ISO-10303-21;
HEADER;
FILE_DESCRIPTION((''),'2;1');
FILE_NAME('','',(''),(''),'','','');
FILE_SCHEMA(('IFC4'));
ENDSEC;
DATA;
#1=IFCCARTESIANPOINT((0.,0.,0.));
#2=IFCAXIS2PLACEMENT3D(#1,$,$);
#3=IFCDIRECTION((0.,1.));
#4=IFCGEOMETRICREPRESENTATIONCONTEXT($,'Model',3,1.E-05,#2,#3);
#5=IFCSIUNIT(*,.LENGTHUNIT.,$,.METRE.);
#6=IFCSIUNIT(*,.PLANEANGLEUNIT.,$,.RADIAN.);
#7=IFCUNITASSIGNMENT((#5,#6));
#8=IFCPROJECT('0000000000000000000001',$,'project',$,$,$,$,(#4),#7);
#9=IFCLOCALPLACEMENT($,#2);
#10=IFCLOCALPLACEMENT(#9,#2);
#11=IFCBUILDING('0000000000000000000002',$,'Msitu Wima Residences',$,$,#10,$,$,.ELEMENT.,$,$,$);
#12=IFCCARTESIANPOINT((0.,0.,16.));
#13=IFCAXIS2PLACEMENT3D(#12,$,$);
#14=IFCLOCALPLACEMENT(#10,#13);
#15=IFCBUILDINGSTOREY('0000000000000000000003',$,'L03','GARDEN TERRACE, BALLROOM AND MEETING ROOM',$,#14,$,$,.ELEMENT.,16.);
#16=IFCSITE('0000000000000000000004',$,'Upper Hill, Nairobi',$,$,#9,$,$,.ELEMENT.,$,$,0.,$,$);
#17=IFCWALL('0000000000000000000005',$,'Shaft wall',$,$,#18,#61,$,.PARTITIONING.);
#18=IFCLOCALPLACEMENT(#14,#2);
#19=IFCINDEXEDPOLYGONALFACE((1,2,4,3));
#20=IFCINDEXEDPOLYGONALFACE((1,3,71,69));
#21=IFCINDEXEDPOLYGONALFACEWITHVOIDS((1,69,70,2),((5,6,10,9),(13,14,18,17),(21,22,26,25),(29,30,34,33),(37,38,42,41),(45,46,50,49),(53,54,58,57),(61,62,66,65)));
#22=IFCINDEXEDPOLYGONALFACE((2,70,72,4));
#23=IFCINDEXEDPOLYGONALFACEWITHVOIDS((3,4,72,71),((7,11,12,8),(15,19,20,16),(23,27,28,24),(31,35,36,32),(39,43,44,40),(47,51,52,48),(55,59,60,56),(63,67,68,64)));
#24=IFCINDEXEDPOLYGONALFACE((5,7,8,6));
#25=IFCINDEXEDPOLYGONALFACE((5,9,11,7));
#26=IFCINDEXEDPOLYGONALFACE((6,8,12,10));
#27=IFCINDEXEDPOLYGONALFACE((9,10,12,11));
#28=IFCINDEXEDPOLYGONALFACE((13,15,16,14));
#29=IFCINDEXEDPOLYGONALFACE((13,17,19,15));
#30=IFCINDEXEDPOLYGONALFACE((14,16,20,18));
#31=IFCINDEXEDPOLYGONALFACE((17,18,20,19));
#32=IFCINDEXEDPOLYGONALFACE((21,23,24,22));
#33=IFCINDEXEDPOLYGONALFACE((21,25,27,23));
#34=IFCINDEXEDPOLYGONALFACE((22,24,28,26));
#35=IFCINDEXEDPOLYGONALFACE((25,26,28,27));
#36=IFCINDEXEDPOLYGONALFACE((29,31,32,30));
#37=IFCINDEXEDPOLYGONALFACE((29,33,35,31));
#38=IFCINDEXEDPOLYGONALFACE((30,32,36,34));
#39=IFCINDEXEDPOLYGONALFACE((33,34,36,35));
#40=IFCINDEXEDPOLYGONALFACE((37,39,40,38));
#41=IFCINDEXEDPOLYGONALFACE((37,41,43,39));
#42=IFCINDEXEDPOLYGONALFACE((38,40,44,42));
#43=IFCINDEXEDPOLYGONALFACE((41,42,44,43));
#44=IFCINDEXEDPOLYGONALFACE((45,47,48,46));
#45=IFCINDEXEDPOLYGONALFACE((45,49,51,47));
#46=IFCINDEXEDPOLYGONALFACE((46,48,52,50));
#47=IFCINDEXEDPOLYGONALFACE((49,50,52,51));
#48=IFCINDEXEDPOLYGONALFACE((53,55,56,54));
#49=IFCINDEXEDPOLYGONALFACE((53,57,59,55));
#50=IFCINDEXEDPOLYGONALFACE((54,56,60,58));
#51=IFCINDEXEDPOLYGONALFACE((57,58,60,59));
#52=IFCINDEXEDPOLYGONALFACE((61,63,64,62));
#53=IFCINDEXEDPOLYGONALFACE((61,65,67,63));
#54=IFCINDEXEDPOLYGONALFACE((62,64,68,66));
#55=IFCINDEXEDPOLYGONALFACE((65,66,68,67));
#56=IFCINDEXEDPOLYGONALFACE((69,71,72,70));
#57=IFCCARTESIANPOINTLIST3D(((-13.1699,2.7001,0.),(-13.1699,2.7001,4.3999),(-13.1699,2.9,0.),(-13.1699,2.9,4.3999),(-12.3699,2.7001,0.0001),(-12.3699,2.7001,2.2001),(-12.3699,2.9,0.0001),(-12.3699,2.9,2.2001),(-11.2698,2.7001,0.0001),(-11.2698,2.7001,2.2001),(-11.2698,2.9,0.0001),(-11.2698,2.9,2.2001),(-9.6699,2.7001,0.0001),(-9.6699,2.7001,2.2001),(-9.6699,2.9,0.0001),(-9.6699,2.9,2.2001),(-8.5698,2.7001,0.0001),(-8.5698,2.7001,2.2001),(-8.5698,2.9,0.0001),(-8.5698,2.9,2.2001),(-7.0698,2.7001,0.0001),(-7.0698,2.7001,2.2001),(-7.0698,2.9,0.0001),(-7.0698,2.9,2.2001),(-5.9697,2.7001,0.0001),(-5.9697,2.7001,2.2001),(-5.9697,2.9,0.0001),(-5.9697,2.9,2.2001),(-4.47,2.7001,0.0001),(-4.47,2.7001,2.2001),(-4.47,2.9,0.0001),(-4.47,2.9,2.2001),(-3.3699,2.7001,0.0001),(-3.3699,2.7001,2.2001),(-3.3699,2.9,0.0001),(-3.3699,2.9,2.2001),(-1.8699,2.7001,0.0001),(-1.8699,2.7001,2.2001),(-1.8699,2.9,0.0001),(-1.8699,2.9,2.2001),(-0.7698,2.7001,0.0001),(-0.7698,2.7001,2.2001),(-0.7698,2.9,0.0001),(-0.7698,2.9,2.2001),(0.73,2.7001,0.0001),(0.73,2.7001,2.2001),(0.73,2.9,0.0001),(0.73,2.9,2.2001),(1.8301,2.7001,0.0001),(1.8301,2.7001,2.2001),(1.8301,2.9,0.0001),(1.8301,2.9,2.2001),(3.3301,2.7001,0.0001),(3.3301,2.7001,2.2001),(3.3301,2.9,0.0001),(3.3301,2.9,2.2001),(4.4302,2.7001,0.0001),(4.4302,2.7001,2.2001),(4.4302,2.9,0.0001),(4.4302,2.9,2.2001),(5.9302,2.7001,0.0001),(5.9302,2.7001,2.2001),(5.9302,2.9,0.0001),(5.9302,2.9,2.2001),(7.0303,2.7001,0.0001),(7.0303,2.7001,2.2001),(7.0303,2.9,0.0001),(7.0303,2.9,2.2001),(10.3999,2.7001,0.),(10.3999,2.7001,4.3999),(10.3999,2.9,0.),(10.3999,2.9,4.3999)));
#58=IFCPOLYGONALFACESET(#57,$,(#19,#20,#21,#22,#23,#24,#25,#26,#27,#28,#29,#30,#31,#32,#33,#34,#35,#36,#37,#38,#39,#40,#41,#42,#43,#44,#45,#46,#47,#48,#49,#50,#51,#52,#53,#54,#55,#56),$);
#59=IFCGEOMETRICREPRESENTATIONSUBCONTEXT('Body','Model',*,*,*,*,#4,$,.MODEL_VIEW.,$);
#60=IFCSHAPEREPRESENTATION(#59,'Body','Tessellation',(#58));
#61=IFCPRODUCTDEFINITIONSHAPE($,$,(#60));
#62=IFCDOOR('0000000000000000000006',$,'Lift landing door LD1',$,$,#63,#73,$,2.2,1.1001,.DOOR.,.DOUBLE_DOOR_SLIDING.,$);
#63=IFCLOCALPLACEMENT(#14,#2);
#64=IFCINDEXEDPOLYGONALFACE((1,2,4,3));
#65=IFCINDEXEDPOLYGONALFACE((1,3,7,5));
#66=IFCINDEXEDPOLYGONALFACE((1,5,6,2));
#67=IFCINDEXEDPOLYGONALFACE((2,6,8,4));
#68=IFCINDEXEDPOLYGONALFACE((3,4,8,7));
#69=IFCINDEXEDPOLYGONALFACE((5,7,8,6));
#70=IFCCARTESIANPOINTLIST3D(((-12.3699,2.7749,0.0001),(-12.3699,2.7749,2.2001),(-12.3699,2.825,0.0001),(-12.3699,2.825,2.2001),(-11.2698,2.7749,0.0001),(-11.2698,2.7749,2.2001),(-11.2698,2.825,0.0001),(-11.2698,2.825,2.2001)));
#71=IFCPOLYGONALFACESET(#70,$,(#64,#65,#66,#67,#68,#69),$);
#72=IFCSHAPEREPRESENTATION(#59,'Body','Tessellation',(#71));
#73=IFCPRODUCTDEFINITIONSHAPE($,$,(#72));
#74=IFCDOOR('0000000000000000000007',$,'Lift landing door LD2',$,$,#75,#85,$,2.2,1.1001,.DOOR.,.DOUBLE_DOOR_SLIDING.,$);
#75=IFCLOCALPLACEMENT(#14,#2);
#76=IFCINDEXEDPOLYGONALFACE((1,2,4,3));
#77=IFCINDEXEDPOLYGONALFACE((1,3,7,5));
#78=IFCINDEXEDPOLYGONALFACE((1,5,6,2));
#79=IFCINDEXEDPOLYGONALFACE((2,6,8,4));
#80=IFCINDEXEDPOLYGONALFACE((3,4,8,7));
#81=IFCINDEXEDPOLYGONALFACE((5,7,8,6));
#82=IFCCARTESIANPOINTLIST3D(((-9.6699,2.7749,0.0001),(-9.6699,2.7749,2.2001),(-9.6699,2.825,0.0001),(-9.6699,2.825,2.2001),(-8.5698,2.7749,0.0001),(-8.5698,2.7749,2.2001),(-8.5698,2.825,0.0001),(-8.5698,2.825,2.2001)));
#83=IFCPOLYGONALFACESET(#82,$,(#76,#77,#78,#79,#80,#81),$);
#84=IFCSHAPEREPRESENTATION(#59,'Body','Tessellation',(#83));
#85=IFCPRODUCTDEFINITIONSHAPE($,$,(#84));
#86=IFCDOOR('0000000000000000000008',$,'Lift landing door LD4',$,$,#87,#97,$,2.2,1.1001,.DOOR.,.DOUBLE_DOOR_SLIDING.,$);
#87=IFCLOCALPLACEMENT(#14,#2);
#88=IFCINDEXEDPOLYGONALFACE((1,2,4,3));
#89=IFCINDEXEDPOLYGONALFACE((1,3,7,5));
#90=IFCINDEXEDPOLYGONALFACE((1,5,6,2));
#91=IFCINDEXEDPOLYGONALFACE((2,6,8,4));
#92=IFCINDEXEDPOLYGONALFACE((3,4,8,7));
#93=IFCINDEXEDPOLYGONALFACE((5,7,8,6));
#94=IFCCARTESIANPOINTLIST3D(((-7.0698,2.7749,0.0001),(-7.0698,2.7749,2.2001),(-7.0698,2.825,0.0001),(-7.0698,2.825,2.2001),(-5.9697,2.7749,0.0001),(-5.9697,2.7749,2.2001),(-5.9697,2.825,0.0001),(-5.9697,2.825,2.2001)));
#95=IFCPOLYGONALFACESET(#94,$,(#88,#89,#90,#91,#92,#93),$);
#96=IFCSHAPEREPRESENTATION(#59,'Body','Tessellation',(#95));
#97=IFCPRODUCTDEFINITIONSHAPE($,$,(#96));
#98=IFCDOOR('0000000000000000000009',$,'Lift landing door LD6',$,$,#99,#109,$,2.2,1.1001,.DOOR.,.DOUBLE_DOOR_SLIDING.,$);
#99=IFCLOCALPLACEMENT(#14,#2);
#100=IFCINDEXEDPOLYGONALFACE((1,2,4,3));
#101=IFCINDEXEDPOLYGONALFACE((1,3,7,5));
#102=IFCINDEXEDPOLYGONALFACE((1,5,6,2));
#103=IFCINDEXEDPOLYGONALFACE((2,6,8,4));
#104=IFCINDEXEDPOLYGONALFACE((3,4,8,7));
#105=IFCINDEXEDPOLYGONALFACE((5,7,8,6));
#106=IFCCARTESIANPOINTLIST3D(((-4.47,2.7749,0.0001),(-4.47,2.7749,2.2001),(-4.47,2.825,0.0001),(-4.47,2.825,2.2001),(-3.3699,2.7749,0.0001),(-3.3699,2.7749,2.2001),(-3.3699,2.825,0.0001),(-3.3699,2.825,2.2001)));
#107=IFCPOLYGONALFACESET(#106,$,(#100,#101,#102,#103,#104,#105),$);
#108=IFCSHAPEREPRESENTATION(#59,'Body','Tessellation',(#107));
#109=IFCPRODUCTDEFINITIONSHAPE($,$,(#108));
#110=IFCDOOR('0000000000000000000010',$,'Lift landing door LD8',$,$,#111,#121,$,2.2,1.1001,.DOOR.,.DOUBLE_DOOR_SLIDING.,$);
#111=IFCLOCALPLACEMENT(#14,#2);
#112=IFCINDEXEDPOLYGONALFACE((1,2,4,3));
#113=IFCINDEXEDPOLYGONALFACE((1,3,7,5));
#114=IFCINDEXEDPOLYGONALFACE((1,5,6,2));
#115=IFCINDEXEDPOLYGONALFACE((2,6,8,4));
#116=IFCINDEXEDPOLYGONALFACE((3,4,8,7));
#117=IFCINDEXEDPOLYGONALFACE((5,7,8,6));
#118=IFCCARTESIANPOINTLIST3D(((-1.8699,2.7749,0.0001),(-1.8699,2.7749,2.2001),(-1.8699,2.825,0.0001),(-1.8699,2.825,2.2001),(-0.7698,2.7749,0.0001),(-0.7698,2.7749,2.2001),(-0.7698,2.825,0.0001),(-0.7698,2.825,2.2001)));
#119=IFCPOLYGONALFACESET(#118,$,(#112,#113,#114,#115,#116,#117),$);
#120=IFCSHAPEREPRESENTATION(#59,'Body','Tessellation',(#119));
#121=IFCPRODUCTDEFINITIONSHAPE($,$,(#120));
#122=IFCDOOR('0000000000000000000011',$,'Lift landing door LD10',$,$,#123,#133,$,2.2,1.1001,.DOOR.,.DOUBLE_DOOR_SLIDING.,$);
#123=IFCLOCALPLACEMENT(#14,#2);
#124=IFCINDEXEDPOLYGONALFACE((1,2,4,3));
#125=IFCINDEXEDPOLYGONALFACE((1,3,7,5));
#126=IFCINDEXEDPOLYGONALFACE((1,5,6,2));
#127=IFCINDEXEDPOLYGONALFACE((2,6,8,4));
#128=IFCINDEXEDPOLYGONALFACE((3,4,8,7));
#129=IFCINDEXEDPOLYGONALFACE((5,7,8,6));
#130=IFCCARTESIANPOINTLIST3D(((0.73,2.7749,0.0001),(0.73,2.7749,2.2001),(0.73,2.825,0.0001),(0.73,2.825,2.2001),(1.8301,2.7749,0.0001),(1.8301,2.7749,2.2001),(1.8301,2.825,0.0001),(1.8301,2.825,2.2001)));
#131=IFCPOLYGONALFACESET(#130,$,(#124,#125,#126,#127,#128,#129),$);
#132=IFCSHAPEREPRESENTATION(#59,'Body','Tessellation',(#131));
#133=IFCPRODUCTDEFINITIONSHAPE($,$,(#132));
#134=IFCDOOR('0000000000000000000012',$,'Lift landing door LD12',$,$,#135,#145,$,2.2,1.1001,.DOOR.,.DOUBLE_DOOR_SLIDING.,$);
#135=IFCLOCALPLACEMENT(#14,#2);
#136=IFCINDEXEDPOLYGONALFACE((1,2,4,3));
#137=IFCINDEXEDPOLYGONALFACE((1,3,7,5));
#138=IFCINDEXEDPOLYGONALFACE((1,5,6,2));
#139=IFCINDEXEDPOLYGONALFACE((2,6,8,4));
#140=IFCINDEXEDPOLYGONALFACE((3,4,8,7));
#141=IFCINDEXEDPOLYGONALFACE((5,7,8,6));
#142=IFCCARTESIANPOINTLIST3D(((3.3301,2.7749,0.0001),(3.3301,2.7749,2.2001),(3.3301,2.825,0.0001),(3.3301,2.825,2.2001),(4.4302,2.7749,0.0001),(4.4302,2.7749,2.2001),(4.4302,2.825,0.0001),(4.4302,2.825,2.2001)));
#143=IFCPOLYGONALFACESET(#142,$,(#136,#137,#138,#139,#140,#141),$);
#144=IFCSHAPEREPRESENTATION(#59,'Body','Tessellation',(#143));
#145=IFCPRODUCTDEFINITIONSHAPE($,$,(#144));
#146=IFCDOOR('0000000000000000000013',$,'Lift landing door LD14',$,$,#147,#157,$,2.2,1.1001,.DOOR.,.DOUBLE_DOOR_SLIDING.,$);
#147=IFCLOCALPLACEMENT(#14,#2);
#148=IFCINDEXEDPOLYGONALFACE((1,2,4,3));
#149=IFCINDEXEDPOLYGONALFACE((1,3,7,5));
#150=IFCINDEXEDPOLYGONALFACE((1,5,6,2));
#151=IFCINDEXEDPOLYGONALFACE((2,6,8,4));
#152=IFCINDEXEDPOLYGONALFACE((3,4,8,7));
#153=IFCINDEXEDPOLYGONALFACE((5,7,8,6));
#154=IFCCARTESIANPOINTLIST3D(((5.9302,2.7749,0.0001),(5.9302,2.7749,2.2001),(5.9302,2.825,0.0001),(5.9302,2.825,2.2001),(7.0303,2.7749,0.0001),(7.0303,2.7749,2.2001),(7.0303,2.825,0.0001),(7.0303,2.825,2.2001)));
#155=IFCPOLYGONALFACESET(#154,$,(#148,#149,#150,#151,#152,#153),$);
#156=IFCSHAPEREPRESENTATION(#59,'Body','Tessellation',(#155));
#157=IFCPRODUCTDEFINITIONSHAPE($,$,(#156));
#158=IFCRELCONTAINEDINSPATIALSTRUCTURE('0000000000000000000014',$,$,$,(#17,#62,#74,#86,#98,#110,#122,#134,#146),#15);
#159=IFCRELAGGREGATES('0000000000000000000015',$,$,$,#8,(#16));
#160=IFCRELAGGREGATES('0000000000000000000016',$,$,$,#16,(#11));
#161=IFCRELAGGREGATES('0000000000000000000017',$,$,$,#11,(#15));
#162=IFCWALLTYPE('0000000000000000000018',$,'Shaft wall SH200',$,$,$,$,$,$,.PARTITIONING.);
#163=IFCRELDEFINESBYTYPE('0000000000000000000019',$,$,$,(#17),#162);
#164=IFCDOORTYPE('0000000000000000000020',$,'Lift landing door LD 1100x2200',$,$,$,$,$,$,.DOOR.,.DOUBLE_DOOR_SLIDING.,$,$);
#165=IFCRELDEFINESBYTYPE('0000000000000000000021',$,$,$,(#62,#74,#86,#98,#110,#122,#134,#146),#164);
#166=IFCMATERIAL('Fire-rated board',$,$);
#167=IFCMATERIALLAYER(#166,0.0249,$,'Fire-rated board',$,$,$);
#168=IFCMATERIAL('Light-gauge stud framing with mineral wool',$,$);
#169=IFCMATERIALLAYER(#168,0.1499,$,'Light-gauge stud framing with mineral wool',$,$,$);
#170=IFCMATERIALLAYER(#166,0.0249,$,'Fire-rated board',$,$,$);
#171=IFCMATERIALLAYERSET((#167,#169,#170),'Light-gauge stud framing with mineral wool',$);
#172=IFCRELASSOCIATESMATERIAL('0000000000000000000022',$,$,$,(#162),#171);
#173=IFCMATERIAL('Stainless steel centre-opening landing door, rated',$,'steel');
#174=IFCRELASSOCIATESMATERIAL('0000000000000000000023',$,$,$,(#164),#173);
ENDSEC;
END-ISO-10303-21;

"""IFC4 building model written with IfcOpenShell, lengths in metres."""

from ifc_helpers import new_model, si_unit, direction, frame, frame_2d, origin, place, context, subcontext, project, spatial, rectangle, extrude, material, layer, layer_set, type_object, element, fill, save


model = new_model("IFC4")

# Units and contexts
model_context = context("Model", 3, precision=1e-05, world=origin(), true_north=direction((0.0, 1.0)))
body_context = subcontext(model_context, "Body", "Model", "MODEL_VIEW")
ifc_project = project(units=[si_unit("LENGTHUNIT", "METRE"), si_unit("PLANEANGLEUNIT", "RADIAN")], contexts=[model_context])

# Site, building, storey
site_placement = place(None, origin())
site = spatial("IfcSite", under=ifc_project, at=site_placement, Name="Upper Hill, Nairobi", CompositionType="ELEMENT", RefElevation=0.0)
building_placement = place(site_placement, origin())
building = spatial("IfcBuilding", under=site, at=building_placement, Name="Msitu Wima Residences", CompositionType="ELEMENT")
storey_placement = place(building_placement, frame((0.0, 0.0, 16.0)))
storey = spatial("IfcBuildingStorey", under=building, at=storey_placement, Name="L03", Description="GARDEN TERRACE, BALLROOM AND MEETING ROOM", CompositionType="ELEMENT", Elevation=16.0)

# Shared definitions
ifc_material_1 = material(Name="Fire-rated board")
ifc_layer_1 = layer(ifc_material_1, 0.0249, Name="Fire-rated board")
ifc_material_2 = material(Name="Light-gauge stud framing with mineral wool")
ifc_layer_2 = layer(ifc_material_2, 0.1499, Name="Light-gauge stud framing with mineral wool")
ifc_layer_3 = layer(ifc_material_1, 0.0249, Name="Fire-rated board")
ifc_layer_set_1 = layer_set([ifc_layer_1, ifc_layer_2, ifc_layer_3], Name="Light-gauge stud framing with mineral wool")
wall_type_1 = type_object("IfcWallType", Name="Shaft wall SH200", PredefinedType="PARTITIONING", material=ifc_layer_set_1)

# Wall, openings, doors
wall_1_placement = place(storey_placement, frame((-13.1699, 2.8, 0.0), z_axis=(0.0, 0.0, 1.0), x_axis=(1.0, 0.0, 0.0)))
wall_1 = element("IfcWall", 1, at=wall_1_placement, inside=storey, type_object=wall_type_1, Name="Shaft wall", PredefinedType="PARTITIONING", context=body_context, shape_type="SweptSolid", body=[
    extrude(rectangle(XDim=23.5698, YDim=0.2, at=frame_2d((11.7849, 0.0))), origin(), (0.0, 0.0, 1.0), 4.3999),
])
opening_1_placement = place(wall_1_placement, frame((0.8, 0.0, 0.0)))
opening_1 = element("IfcOpeningElement", 2, at=opening_1_placement, cuts=wall_1, PredefinedType="OPENING", context=body_context, shape_type="SweptSolid", body=[
    extrude(rectangle(XDim=1.1001, YDim=2.2, at=frame_2d((0.55, 1.1001))), frame((0.0, 0.1099, 0.0), z_axis=(0.0, -1.0, 0.0), x_axis=(1.0, 0.0, 0.0)), (0.0, 0.0, 1.0), 0.22),
])
opening_2_placement = place(wall_1_placement, frame((3.5, 0.0, 0.0)))
opening_2 = element("IfcOpeningElement", 3, at=opening_2_placement, cuts=wall_1, PredefinedType="OPENING", context=body_context, shape_type="SweptSolid", body=[
    extrude(rectangle(XDim=1.1001, YDim=2.2, at=frame_2d((0.55, 1.1001))), frame((0.0, 0.1099, 0.0), z_axis=(0.0, -1.0, 0.0), x_axis=(1.0, 0.0, 0.0)), (0.0, 0.0, 1.0), 0.22),
])
opening_3_placement = place(wall_1_placement, frame((6.1001, 0.0, 0.0)))
opening_3 = element("IfcOpeningElement", 4, at=opening_3_placement, cuts=wall_1, PredefinedType="OPENING", context=body_context, shape_type="SweptSolid", body=[
    extrude(rectangle(XDim=1.1001, YDim=2.2, at=frame_2d((0.55, 1.1001))), frame((0.0, 0.1099, 0.0), z_axis=(0.0, -1.0, 0.0), x_axis=(1.0, 0.0, 0.0)), (0.0, 0.0, 1.0), 0.22),
])
opening_4_placement = place(wall_1_placement, frame((8.7, 0.0, 0.0)))
opening_4 = element("IfcOpeningElement", 5, at=opening_4_placement, cuts=wall_1, PredefinedType="OPENING", context=body_context, shape_type="SweptSolid", body=[
    extrude(rectangle(XDim=1.1001, YDim=2.2, at=frame_2d((0.55, 1.1001))), frame((0.0, 0.1099, 0.0), z_axis=(0.0, -1.0, 0.0), x_axis=(1.0, 0.0, 0.0)), (0.0, 0.0, 1.0), 0.22),
])
opening_5_placement = place(wall_1_placement, frame((11.3, 0.0, 0.0)))
opening_5 = element("IfcOpeningElement", 6, at=opening_5_placement, cuts=wall_1, PredefinedType="OPENING", context=body_context, shape_type="SweptSolid", body=[
    extrude(rectangle(XDim=1.1001, YDim=2.2, at=frame_2d((0.55, 1.1001))), frame((0.0, 0.1099, 0.0), z_axis=(0.0, -1.0, 0.0), x_axis=(1.0, 0.0, 0.0)), (0.0, 0.0, 1.0), 0.22),
])
opening_6_placement = place(wall_1_placement, frame((13.8999, 0.0, 0.0)))
opening_6 = element("IfcOpeningElement", 7, at=opening_6_placement, cuts=wall_1, PredefinedType="OPENING", context=body_context, shape_type="SweptSolid", body=[
    extrude(rectangle(XDim=1.1001, YDim=2.2, at=frame_2d((0.55, 1.1001))), frame((0.0, 0.1099, 0.0), z_axis=(0.0, -1.0, 0.0), x_axis=(1.0, 0.0, 0.0)), (0.0, 0.0, 1.0), 0.22),
])
opening_7_placement = place(wall_1_placement, frame((16.5, 0.0, 0.0)))
opening_7 = element("IfcOpeningElement", 8, at=opening_7_placement, cuts=wall_1, PredefinedType="OPENING", context=body_context, shape_type="SweptSolid", body=[
    extrude(rectangle(XDim=1.1001, YDim=2.2, at=frame_2d((0.55, 1.1001))), frame((0.0, 0.1099, 0.0), z_axis=(0.0, -1.0, 0.0), x_axis=(1.0, 0.0, 0.0)), (0.0, 0.0, 1.0), 0.22),
])
opening_8_placement = place(wall_1_placement, frame((19.1001, 0.0, 0.0)))
opening_8 = element("IfcOpeningElement", 9, at=opening_8_placement, cuts=wall_1, PredefinedType="OPENING", context=body_context, shape_type="SweptSolid", body=[
    extrude(rectangle(XDim=1.1001, YDim=2.2, at=frame_2d((0.55, 1.1001))), frame((0.0, 0.1099, 0.0), z_axis=(0.0, -1.0, 0.0), x_axis=(1.0, 0.0, 0.0)), (0.0, 0.0, 1.0), 0.22),
])
ifc_material_3 = material(Name="Stainless steel centre-opening landing door, rated", Category="steel")
door_type_1 = type_object("IfcDoorType", Name="Lift landing door LD 1100x2200", OperationType="DOUBLE_DOOR_SLIDING", PredefinedType="DOOR", material=ifc_material_3)
door_1_placement = place(opening_1_placement, origin())
door_1 = element("IfcDoor", 10, at=door_1_placement, inside=storey, type_object=door_type_1, Name="Lift landing door LD1", OperationType="DOUBLE_DOOR_SLIDING", OverallHeight=2.2, OverallWidth=1.1001, PredefinedType="DOOR", context=body_context, shape_type="SweptSolid", body=[
    extrude(rectangle(XDim=1.1001, YDim=2.2, at=frame_2d((0.55, 1.1001))), frame((0.0, 0.0249, 0.0), z_axis=(0.0, -1.0, 0.0), x_axis=(1.0, 0.0, 0.0)), (0.0, 0.0, 1.0), 0.05),
])
fill(opening_1, door_1)
door_2_placement = place(opening_2_placement, origin())
door_2 = element("IfcDoor", 11, at=door_2_placement, inside=storey, type_object=door_type_1, Name="Lift landing door LD2", OperationType="DOUBLE_DOOR_SLIDING", OverallHeight=2.2, OverallWidth=1.1001, PredefinedType="DOOR", context=body_context, shape_type="SweptSolid", body=[
    extrude(rectangle(XDim=1.1001, YDim=2.2, at=frame_2d((0.55, 1.1001))), frame((0.0, 0.0249, 0.0), z_axis=(0.0, -1.0, 0.0), x_axis=(1.0, 0.0, 0.0)), (0.0, 0.0, 1.0), 0.05),
])
fill(opening_2, door_2)
door_3_placement = place(opening_3_placement, origin())
door_3 = element("IfcDoor", 12, at=door_3_placement, inside=storey, type_object=door_type_1, Name="Lift landing door LD4", OperationType="DOUBLE_DOOR_SLIDING", OverallHeight=2.2, OverallWidth=1.1001, PredefinedType="DOOR", context=body_context, shape_type="SweptSolid", body=[
    extrude(rectangle(XDim=1.1001, YDim=2.2, at=frame_2d((0.55, 1.1001))), frame((0.0, 0.0249, 0.0), z_axis=(0.0, -1.0, 0.0), x_axis=(1.0, 0.0, 0.0)), (0.0, 0.0, 1.0), 0.05),
])
fill(opening_3, door_3)
door_4_placement = place(opening_4_placement, origin())
door_4 = element("IfcDoor", 13, at=door_4_placement, inside=storey, type_object=door_type_1, Name="Lift landing door LD6", OperationType="DOUBLE_DOOR_SLIDING", OverallHeight=2.2, OverallWidth=1.1001, PredefinedType="DOOR", context=body_context, shape_type="SweptSolid", body=[
    extrude(rectangle(XDim=1.1001, YDim=2.2, at=frame_2d((0.55, 1.1001))), frame((0.0, 0.0249, 0.0), z_axis=(0.0, -1.0, 0.0), x_axis=(1.0, 0.0, 0.0)), (0.0, 0.0, 1.0), 0.05),
])
fill(opening_4, door_4)
door_5_placement = place(opening_5_placement, origin())
door_5 = element("IfcDoor", 14, at=door_5_placement, inside=storey, type_object=door_type_1, Name="Lift landing door LD8", OperationType="DOUBLE_DOOR_SLIDING", OverallHeight=2.2, OverallWidth=1.1001, PredefinedType="DOOR", context=body_context, shape_type="SweptSolid", body=[
    extrude(rectangle(XDim=1.1001, YDim=2.2, at=frame_2d((0.55, 1.1001))), frame((0.0, 0.0249, 0.0), z_axis=(0.0, -1.0, 0.0), x_axis=(1.0, 0.0, 0.0)), (0.0, 0.0, 1.0), 0.05),
])
fill(opening_5, door_5)
door_6_placement = place(opening_6_placement, origin())
door_6 = element("IfcDoor", 15, at=door_6_placement, inside=storey, type_object=door_type_1, Name="Lift landing door LD10", OperationType="DOUBLE_DOOR_SLIDING", OverallHeight=2.2, OverallWidth=1.1001, PredefinedType="DOOR", context=body_context, shape_type="SweptSolid", body=[
    extrude(rectangle(XDim=1.1001, YDim=2.2, at=frame_2d((0.55, 1.1001))), frame((0.0, 0.0249, 0.0), z_axis=(0.0, -1.0, 0.0), x_axis=(1.0, 0.0, 0.0)), (0.0, 0.0, 1.0), 0.05),
])
fill(opening_6, door_6)
door_7_placement = place(opening_7_placement, origin())
door_7 = element("IfcDoor", 16, at=door_7_placement, inside=storey, type_object=door_type_1, Name="Lift landing door LD12", OperationType="DOUBLE_DOOR_SLIDING", OverallHeight=2.2, OverallWidth=1.1001, PredefinedType="DOOR", context=body_context, shape_type="SweptSolid", body=[
    extrude(rectangle(XDim=1.1001, YDim=2.2, at=frame_2d((0.55, 1.1001))), frame((0.0, 0.0249, 0.0), z_axis=(0.0, -1.0, 0.0), x_axis=(1.0, 0.0, 0.0)), (0.0, 0.0, 1.0), 0.05),
])
fill(opening_7, door_7)
door_8_placement = place(opening_8_placement, origin())
door_8 = element("IfcDoor", 17, at=door_8_placement, inside=storey, type_object=door_type_1, Name="Lift landing door LD14", OperationType="DOUBLE_DOOR_SLIDING", OverallHeight=2.2, OverallWidth=1.1001, PredefinedType="DOOR", context=body_context, shape_type="SweptSolid", body=[
    extrude(rectangle(XDim=1.1001, YDim=2.2, at=frame_2d((0.55, 1.1001))), frame((0.0, 0.0249, 0.0), z_axis=(0.0, -1.0, 0.0), x_axis=(1.0, 0.0, 0.0)), (0.0, 0.0, 1.0), 0.05),
])
fill(opening_8, door_8)

save(model, "model.ifc")
